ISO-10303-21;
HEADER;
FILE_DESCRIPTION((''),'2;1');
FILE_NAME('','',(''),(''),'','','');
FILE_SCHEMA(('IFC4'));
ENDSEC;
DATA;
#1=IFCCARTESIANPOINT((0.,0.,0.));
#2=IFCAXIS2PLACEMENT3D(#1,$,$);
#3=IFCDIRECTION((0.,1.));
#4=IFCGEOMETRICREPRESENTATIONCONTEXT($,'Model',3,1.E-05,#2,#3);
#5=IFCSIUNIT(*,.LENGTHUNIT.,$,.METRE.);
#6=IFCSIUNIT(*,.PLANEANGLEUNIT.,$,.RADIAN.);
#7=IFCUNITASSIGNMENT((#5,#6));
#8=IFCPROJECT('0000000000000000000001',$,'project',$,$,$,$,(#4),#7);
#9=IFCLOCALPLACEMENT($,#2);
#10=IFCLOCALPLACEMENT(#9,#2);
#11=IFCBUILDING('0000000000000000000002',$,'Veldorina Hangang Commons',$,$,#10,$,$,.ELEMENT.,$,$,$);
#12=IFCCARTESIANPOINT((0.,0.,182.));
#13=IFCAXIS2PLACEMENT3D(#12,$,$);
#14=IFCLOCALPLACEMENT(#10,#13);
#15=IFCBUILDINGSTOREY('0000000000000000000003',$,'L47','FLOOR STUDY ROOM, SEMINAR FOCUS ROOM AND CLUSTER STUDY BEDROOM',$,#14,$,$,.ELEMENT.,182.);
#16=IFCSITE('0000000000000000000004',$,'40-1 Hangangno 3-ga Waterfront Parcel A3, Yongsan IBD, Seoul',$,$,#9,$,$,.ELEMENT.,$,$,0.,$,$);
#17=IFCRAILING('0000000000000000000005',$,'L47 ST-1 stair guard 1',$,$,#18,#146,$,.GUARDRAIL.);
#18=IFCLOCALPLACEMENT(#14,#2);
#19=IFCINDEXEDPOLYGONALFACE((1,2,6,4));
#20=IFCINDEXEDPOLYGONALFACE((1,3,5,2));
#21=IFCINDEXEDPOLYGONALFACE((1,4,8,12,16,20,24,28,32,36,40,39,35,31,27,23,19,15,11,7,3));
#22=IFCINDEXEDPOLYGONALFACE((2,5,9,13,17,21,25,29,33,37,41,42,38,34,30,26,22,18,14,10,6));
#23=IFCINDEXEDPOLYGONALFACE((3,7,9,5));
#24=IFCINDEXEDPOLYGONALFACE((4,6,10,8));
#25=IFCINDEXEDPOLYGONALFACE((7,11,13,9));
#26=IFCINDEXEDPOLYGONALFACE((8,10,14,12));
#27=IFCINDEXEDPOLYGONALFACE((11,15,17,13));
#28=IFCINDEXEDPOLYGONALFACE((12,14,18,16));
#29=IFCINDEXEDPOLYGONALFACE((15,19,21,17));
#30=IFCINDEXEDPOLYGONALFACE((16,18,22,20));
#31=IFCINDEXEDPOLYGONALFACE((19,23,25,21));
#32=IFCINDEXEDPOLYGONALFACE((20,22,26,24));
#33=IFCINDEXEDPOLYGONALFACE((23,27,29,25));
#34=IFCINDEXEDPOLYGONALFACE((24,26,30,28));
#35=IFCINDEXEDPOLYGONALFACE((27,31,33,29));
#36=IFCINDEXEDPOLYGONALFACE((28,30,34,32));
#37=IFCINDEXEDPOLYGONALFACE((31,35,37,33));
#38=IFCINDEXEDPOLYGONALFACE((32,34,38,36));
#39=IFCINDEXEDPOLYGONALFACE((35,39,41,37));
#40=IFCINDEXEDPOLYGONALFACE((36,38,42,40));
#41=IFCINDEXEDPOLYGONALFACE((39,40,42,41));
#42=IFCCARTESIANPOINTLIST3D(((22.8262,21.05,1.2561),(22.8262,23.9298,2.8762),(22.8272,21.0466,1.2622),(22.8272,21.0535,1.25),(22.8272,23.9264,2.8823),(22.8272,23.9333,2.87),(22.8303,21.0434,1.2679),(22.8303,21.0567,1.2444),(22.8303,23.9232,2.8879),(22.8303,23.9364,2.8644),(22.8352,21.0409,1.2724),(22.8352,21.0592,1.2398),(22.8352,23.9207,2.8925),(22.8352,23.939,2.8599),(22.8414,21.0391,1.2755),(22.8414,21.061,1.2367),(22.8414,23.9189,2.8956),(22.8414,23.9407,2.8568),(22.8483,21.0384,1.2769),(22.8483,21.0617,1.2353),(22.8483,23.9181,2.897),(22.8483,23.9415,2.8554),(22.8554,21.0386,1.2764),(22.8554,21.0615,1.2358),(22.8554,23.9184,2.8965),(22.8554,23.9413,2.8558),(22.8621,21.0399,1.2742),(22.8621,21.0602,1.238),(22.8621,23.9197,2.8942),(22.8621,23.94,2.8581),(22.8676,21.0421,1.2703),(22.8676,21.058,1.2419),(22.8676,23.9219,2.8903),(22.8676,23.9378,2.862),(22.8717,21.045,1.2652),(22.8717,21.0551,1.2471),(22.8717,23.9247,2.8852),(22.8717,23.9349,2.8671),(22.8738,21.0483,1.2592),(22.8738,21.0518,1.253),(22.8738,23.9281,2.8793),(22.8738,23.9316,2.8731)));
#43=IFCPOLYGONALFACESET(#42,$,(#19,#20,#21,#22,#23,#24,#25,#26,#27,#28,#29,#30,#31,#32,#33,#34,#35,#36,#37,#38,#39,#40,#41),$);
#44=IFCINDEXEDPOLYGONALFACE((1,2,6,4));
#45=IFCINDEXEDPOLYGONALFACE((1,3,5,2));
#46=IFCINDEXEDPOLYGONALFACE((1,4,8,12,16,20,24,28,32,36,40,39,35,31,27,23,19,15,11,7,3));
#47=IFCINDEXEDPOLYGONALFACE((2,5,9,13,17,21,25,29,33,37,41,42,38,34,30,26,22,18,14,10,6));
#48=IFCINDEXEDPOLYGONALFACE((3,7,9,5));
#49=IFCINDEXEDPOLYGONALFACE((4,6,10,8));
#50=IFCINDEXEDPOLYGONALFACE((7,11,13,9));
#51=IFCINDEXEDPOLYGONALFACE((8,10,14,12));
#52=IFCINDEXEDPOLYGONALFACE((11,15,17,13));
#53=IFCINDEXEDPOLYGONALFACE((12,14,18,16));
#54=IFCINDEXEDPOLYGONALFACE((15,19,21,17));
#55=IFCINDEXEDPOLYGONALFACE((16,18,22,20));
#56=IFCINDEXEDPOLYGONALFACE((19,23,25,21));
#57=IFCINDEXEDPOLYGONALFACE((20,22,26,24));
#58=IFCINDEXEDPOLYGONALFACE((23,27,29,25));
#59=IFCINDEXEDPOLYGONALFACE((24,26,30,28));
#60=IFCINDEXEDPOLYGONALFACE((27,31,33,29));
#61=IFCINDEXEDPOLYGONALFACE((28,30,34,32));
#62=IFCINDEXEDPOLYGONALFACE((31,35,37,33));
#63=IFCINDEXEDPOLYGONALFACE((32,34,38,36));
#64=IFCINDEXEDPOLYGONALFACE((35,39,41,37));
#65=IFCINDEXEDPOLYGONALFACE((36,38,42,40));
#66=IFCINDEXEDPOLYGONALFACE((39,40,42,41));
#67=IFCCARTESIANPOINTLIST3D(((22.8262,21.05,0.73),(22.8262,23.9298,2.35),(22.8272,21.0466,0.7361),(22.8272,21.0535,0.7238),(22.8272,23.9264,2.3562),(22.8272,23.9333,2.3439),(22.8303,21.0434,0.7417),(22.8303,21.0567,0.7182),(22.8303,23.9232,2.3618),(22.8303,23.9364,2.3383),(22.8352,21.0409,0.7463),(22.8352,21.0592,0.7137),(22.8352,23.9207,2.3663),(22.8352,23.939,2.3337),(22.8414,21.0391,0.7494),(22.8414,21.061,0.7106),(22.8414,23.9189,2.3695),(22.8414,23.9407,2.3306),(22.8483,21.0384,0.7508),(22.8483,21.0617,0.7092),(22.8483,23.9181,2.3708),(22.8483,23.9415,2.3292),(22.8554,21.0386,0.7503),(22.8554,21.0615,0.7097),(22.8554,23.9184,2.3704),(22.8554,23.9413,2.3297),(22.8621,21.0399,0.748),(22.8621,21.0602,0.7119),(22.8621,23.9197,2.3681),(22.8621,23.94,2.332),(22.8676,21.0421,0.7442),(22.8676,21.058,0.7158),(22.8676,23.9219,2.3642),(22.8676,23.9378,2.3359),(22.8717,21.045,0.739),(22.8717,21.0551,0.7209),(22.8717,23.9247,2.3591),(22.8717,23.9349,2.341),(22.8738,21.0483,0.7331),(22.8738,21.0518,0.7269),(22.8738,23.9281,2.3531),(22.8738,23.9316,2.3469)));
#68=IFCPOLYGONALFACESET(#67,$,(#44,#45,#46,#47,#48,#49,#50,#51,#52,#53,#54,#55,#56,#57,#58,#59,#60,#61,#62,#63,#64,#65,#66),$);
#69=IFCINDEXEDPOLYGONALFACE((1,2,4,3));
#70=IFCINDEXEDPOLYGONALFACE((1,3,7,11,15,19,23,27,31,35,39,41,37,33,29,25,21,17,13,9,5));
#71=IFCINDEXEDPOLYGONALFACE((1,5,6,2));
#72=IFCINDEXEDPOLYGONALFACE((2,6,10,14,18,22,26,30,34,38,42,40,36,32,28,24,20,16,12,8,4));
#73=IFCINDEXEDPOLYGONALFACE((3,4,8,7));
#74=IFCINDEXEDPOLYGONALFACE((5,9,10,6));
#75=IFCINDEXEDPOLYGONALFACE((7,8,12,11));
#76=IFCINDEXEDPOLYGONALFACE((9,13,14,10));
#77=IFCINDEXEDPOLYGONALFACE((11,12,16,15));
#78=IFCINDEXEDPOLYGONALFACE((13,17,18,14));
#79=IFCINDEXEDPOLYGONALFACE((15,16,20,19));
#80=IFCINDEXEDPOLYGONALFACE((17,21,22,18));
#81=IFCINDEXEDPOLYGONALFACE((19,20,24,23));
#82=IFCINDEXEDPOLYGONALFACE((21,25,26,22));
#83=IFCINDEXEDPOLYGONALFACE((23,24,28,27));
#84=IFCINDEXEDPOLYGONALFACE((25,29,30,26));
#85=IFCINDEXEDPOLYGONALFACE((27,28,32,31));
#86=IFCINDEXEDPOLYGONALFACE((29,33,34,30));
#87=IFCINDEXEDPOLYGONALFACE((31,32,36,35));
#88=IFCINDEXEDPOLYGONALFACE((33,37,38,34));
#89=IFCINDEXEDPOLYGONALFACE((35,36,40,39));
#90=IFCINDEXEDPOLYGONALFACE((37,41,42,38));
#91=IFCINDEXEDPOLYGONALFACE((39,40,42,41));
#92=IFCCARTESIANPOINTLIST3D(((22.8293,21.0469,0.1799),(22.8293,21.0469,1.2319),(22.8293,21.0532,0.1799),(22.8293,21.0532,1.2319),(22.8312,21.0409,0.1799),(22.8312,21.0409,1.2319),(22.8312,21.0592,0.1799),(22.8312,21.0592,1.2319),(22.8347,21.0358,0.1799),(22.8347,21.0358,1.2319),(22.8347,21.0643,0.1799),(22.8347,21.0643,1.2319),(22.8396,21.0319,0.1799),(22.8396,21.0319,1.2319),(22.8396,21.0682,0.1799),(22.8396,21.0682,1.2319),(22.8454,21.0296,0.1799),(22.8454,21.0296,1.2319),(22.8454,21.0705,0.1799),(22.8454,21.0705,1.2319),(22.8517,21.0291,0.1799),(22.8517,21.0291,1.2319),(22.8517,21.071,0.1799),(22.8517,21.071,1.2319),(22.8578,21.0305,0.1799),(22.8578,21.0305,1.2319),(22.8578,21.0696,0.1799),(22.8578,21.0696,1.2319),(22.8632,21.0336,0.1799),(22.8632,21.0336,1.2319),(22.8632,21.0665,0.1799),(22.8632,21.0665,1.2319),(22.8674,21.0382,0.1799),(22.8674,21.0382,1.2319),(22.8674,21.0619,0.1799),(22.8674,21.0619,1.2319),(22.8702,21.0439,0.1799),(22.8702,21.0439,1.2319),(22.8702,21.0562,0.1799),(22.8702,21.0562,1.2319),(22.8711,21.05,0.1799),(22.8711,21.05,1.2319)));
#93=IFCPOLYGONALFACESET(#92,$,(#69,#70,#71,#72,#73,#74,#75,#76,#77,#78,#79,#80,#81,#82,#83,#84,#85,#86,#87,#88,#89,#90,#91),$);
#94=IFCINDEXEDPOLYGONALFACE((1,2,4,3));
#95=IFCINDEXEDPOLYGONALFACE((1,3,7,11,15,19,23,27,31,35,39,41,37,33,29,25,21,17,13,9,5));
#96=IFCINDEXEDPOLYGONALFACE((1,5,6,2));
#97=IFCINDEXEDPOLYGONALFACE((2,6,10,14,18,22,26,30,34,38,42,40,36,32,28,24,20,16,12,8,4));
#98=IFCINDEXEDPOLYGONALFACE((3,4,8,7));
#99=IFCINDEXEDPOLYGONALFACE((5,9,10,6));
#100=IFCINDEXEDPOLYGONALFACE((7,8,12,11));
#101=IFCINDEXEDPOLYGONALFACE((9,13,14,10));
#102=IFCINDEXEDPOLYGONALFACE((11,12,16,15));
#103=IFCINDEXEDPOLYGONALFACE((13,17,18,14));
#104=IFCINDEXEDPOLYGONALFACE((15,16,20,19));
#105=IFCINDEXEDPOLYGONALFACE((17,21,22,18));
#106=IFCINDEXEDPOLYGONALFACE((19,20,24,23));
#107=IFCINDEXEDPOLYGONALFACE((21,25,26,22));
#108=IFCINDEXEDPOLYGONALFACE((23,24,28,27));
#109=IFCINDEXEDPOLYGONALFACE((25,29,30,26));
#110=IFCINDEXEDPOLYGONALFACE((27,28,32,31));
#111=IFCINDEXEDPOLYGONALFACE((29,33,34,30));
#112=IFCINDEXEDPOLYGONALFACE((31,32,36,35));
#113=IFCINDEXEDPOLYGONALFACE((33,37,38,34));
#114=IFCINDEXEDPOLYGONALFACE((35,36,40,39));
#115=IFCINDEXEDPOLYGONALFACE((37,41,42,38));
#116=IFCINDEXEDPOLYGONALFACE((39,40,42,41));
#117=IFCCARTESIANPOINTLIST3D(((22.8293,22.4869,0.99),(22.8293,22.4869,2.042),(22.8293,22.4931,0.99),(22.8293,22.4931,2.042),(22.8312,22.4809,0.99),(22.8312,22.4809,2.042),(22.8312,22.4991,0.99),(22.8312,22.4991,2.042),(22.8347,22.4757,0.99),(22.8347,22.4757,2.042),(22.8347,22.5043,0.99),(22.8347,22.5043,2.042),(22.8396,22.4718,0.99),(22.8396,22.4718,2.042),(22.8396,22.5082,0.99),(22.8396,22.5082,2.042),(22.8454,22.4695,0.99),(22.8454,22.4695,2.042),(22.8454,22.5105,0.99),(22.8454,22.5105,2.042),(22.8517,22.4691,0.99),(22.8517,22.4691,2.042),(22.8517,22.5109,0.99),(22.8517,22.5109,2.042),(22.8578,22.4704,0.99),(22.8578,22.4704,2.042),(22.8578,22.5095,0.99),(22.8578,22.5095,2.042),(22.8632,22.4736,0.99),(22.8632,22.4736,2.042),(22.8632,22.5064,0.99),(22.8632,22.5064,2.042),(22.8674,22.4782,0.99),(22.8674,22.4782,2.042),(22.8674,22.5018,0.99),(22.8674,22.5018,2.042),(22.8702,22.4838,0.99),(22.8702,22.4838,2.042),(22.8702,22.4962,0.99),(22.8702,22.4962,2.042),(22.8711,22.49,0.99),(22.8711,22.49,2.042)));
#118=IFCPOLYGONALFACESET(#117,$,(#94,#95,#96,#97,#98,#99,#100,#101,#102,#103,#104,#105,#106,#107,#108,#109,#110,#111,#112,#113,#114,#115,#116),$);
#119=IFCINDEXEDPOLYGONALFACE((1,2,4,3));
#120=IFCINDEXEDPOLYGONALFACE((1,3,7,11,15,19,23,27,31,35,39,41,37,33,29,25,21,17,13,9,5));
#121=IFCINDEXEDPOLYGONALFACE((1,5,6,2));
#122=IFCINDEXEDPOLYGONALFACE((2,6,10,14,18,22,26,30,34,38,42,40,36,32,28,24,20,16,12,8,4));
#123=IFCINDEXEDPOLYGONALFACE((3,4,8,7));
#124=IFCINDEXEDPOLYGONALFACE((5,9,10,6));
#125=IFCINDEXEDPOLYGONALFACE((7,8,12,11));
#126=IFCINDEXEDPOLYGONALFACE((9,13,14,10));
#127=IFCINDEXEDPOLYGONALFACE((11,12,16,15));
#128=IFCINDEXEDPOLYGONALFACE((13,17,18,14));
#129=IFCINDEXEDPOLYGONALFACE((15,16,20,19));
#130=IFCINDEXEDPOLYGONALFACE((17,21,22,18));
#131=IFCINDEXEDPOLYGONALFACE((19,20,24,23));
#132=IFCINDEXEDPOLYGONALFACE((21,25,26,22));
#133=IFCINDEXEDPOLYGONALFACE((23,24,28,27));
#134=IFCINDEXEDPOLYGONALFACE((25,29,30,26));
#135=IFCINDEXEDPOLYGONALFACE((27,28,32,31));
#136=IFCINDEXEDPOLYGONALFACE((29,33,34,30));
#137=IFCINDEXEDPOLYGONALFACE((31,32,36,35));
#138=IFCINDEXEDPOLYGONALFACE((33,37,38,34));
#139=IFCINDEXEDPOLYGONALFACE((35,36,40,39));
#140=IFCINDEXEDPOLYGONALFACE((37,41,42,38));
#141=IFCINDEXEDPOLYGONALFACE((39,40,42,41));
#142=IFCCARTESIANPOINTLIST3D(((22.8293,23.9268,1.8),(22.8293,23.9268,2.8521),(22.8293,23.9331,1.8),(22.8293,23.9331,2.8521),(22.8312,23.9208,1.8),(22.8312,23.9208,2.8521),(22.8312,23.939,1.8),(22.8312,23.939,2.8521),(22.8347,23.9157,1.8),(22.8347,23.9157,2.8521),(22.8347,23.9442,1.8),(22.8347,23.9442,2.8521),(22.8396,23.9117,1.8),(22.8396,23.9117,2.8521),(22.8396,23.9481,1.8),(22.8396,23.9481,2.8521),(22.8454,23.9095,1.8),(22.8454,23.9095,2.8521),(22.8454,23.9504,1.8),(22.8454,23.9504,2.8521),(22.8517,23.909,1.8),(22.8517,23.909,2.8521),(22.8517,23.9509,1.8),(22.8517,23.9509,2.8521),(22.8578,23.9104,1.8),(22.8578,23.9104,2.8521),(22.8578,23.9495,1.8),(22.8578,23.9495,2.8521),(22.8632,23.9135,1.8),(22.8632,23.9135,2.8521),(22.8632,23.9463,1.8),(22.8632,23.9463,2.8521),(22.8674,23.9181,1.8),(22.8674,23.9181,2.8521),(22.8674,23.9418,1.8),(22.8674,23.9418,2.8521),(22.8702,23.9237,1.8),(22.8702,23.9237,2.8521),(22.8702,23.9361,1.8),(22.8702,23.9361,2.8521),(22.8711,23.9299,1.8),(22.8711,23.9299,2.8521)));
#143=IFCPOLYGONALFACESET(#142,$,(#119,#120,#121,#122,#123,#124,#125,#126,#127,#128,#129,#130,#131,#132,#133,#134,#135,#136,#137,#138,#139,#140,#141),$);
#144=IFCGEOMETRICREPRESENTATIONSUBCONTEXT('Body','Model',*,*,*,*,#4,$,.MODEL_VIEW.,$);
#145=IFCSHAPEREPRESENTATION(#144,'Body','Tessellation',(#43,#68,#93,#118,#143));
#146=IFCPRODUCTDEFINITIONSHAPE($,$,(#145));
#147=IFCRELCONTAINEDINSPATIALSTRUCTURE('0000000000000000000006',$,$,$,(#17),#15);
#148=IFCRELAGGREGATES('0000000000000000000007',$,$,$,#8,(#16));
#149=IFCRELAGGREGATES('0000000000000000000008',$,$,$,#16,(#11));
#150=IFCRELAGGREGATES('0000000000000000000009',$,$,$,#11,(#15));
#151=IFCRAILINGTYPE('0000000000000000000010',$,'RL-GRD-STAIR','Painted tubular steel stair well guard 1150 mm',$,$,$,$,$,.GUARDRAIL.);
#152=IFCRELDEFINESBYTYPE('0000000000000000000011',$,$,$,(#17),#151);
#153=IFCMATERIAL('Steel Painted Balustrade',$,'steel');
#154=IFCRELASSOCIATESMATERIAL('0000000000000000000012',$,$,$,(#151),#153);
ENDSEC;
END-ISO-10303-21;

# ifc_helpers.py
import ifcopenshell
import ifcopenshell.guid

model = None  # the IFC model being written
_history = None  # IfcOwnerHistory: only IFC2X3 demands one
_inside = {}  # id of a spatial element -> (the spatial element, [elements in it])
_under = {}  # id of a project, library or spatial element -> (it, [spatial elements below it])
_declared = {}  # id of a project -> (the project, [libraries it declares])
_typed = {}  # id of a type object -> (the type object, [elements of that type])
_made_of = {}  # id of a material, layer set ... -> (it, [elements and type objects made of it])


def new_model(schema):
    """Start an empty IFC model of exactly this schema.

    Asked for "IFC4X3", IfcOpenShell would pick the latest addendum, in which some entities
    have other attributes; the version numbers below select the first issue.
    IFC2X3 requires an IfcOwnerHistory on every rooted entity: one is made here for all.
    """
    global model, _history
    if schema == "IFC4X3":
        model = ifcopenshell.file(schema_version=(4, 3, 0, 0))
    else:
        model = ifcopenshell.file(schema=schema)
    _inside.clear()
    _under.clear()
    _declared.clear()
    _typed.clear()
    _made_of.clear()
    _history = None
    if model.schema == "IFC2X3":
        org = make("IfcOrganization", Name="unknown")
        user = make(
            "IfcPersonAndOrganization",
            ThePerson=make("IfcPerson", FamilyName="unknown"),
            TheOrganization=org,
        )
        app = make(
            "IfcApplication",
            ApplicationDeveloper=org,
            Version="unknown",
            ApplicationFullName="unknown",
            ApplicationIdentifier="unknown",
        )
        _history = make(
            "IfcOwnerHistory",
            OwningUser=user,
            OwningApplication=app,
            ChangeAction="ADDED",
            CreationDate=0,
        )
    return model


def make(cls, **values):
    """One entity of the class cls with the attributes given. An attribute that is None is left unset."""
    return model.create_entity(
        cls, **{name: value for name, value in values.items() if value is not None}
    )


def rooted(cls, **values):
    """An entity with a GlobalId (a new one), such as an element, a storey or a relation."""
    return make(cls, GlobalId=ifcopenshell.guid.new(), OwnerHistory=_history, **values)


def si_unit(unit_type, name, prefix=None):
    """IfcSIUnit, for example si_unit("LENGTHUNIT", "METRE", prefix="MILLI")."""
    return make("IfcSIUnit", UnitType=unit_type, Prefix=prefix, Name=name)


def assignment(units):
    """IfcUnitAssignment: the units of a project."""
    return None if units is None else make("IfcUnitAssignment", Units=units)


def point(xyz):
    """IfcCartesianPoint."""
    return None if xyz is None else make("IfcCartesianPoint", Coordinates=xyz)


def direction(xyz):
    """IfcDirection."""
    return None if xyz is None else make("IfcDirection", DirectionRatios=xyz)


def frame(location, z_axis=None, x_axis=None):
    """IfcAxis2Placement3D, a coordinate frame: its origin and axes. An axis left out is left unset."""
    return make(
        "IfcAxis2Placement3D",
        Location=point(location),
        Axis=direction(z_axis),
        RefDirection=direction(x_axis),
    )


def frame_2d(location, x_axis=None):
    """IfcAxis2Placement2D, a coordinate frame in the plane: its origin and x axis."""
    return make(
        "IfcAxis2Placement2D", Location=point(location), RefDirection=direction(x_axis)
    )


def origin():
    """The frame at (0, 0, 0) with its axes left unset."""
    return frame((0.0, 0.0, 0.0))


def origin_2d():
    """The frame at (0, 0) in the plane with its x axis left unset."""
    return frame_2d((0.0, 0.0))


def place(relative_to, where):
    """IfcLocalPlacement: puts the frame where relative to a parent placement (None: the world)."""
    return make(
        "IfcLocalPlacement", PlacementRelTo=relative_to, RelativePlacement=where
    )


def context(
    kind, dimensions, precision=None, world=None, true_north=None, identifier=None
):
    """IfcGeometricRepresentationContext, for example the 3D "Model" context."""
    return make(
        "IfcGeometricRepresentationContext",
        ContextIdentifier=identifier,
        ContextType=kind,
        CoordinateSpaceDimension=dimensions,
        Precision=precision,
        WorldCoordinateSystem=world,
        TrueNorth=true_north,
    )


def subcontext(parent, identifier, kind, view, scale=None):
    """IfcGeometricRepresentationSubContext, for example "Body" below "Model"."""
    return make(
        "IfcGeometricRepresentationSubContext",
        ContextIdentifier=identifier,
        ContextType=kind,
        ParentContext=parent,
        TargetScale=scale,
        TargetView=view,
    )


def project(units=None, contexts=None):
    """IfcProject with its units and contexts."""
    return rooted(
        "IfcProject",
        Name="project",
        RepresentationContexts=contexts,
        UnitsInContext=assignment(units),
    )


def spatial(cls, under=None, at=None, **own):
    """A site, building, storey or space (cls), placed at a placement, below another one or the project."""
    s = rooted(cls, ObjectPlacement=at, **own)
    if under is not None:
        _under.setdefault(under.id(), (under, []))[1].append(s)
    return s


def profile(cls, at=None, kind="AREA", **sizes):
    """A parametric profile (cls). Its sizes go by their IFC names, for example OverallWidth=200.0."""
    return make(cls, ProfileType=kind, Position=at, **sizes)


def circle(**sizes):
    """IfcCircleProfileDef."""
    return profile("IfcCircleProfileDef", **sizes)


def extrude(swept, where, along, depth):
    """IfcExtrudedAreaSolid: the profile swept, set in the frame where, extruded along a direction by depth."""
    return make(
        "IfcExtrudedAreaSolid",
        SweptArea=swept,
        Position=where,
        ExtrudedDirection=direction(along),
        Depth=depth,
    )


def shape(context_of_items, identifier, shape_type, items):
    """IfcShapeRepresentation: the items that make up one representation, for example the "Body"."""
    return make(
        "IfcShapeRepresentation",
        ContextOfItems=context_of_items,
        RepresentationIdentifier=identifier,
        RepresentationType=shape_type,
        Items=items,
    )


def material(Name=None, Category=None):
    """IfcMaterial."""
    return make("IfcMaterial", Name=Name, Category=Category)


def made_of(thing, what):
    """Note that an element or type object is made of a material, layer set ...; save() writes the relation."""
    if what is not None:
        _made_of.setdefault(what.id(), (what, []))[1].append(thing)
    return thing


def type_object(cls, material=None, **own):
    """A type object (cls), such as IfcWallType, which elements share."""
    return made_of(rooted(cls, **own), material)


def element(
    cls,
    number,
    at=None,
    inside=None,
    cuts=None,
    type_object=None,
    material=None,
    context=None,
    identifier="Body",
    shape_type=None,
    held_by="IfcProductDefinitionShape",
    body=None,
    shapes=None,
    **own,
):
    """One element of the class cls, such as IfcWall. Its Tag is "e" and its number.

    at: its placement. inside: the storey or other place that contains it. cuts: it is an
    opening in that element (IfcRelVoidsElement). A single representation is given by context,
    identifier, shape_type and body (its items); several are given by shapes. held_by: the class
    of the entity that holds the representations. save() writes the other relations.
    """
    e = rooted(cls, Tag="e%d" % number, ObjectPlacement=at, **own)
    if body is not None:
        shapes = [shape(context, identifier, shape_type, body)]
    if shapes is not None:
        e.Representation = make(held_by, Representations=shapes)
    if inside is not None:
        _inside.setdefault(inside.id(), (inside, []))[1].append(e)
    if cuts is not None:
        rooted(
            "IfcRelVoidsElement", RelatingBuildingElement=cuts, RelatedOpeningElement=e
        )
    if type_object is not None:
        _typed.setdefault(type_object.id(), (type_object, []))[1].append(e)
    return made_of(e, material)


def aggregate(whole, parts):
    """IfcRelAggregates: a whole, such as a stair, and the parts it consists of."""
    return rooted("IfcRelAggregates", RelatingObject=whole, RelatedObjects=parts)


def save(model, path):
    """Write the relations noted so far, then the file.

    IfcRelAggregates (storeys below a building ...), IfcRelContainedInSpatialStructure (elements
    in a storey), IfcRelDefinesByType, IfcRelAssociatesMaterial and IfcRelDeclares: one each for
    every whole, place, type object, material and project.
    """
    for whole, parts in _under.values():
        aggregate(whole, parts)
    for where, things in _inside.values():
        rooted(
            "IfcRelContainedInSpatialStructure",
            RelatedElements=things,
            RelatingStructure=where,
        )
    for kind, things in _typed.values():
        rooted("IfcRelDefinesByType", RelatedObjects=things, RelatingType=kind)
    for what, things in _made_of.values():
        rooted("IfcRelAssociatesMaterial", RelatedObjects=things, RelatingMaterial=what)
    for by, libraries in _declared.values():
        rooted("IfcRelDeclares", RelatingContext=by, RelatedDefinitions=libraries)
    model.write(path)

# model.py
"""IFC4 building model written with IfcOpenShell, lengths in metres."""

from ifc_helpers import new_model, si_unit, direction, frame, origin, origin_2d, place, context, subcontext, project, spatial, circle, extrude, material, type_object, element, save


model = new_model("IFC4")

# Units and contexts
model_context = context("Model", 3, precision=1e-05, world=origin(), true_north=direction((0.0, 1.0)))
body_context = subcontext(model_context, "Body", "Model", "MODEL_VIEW")
ifc_project = project(units=[si_unit("LENGTHUNIT", "METRE"), si_unit("PLANEANGLEUNIT", "RADIAN")], contexts=[model_context])

# Site, building, storey
site_placement = place(None, origin())
site = spatial("IfcSite", under=ifc_project, at=site_placement, Name="40-1 Hangangno 3-ga Waterfront Parcel A3, Yongsan IBD, Seoul", CompositionType="ELEMENT", RefElevation=0.0)
building_placement = place(site_placement, origin())
building = spatial("IfcBuilding", under=site, at=building_placement, Name="Veldorina Hangang Commons", CompositionType="ELEMENT")
storey_placement = place(building_placement, frame((0.0, 0.0, 182.0)))
storey = spatial("IfcBuildingStorey", under=building, at=storey_placement, Name="L47", Description="FLOOR STUDY ROOM, SEMINAR FOCUS ROOM AND CLUSTER STUDY BEDROOM", CompositionType="ELEMENT", Elevation=182.0)

# Railing
ifc_material_1 = material(Name="Steel Painted Balustrade", Category="steel")
railing_type_1 = type_object("IfcRailingType", Name="RL-GRD-STAIR", Description="Painted tubular steel stair well guard 1150 mm", PredefinedType="GUARDRAIL", material=ifc_material_1)
railing_1_placement = place(storey_placement, frame((22.8501, 21.05, 0.1799)))
element("IfcRailing", 1, at=railing_1_placement, inside=storey, type_object=railing_type_1, Name="L47 ST-1 stair guard 1", PredefinedType="GUARDRAIL", context=body_context, shape_type="SweptSolid", body=[
    extrude(circle(Radius=0.0239, at=origin_2d()), frame((0.0, 0.0, 1.0762), z_axis=(0.0, 0.871552, 0.490303), x_axis=(-1.0, 0.0, 0.0)), (0.0, 0.0, 1.0), 3.3042),
    extrude(circle(Radius=0.0239, at=origin_2d()), frame((0.0, 0.0, 0.55), z_axis=(0.0, 0.871552, 0.490303), x_axis=(-1.0, 0.0, 0.0)), (0.0, 0.0, 1.0), 3.3042),
    extrude(circle(Radius=0.021, at=origin_2d()), origin(), (0.0, 0.0, 1.0), 1.052),
    extrude(circle(Radius=0.021, at=origin_2d()), frame((0.0, 1.4399, 0.8101)), (0.0, 0.0, 1.0), 1.052),
    extrude(circle(Radius=0.021, at=origin_2d()), frame((0.0, 2.8799, 1.6201)), (0.0, 0.0, 1.0), 1.052),
])

save(model, "model.ifc")
